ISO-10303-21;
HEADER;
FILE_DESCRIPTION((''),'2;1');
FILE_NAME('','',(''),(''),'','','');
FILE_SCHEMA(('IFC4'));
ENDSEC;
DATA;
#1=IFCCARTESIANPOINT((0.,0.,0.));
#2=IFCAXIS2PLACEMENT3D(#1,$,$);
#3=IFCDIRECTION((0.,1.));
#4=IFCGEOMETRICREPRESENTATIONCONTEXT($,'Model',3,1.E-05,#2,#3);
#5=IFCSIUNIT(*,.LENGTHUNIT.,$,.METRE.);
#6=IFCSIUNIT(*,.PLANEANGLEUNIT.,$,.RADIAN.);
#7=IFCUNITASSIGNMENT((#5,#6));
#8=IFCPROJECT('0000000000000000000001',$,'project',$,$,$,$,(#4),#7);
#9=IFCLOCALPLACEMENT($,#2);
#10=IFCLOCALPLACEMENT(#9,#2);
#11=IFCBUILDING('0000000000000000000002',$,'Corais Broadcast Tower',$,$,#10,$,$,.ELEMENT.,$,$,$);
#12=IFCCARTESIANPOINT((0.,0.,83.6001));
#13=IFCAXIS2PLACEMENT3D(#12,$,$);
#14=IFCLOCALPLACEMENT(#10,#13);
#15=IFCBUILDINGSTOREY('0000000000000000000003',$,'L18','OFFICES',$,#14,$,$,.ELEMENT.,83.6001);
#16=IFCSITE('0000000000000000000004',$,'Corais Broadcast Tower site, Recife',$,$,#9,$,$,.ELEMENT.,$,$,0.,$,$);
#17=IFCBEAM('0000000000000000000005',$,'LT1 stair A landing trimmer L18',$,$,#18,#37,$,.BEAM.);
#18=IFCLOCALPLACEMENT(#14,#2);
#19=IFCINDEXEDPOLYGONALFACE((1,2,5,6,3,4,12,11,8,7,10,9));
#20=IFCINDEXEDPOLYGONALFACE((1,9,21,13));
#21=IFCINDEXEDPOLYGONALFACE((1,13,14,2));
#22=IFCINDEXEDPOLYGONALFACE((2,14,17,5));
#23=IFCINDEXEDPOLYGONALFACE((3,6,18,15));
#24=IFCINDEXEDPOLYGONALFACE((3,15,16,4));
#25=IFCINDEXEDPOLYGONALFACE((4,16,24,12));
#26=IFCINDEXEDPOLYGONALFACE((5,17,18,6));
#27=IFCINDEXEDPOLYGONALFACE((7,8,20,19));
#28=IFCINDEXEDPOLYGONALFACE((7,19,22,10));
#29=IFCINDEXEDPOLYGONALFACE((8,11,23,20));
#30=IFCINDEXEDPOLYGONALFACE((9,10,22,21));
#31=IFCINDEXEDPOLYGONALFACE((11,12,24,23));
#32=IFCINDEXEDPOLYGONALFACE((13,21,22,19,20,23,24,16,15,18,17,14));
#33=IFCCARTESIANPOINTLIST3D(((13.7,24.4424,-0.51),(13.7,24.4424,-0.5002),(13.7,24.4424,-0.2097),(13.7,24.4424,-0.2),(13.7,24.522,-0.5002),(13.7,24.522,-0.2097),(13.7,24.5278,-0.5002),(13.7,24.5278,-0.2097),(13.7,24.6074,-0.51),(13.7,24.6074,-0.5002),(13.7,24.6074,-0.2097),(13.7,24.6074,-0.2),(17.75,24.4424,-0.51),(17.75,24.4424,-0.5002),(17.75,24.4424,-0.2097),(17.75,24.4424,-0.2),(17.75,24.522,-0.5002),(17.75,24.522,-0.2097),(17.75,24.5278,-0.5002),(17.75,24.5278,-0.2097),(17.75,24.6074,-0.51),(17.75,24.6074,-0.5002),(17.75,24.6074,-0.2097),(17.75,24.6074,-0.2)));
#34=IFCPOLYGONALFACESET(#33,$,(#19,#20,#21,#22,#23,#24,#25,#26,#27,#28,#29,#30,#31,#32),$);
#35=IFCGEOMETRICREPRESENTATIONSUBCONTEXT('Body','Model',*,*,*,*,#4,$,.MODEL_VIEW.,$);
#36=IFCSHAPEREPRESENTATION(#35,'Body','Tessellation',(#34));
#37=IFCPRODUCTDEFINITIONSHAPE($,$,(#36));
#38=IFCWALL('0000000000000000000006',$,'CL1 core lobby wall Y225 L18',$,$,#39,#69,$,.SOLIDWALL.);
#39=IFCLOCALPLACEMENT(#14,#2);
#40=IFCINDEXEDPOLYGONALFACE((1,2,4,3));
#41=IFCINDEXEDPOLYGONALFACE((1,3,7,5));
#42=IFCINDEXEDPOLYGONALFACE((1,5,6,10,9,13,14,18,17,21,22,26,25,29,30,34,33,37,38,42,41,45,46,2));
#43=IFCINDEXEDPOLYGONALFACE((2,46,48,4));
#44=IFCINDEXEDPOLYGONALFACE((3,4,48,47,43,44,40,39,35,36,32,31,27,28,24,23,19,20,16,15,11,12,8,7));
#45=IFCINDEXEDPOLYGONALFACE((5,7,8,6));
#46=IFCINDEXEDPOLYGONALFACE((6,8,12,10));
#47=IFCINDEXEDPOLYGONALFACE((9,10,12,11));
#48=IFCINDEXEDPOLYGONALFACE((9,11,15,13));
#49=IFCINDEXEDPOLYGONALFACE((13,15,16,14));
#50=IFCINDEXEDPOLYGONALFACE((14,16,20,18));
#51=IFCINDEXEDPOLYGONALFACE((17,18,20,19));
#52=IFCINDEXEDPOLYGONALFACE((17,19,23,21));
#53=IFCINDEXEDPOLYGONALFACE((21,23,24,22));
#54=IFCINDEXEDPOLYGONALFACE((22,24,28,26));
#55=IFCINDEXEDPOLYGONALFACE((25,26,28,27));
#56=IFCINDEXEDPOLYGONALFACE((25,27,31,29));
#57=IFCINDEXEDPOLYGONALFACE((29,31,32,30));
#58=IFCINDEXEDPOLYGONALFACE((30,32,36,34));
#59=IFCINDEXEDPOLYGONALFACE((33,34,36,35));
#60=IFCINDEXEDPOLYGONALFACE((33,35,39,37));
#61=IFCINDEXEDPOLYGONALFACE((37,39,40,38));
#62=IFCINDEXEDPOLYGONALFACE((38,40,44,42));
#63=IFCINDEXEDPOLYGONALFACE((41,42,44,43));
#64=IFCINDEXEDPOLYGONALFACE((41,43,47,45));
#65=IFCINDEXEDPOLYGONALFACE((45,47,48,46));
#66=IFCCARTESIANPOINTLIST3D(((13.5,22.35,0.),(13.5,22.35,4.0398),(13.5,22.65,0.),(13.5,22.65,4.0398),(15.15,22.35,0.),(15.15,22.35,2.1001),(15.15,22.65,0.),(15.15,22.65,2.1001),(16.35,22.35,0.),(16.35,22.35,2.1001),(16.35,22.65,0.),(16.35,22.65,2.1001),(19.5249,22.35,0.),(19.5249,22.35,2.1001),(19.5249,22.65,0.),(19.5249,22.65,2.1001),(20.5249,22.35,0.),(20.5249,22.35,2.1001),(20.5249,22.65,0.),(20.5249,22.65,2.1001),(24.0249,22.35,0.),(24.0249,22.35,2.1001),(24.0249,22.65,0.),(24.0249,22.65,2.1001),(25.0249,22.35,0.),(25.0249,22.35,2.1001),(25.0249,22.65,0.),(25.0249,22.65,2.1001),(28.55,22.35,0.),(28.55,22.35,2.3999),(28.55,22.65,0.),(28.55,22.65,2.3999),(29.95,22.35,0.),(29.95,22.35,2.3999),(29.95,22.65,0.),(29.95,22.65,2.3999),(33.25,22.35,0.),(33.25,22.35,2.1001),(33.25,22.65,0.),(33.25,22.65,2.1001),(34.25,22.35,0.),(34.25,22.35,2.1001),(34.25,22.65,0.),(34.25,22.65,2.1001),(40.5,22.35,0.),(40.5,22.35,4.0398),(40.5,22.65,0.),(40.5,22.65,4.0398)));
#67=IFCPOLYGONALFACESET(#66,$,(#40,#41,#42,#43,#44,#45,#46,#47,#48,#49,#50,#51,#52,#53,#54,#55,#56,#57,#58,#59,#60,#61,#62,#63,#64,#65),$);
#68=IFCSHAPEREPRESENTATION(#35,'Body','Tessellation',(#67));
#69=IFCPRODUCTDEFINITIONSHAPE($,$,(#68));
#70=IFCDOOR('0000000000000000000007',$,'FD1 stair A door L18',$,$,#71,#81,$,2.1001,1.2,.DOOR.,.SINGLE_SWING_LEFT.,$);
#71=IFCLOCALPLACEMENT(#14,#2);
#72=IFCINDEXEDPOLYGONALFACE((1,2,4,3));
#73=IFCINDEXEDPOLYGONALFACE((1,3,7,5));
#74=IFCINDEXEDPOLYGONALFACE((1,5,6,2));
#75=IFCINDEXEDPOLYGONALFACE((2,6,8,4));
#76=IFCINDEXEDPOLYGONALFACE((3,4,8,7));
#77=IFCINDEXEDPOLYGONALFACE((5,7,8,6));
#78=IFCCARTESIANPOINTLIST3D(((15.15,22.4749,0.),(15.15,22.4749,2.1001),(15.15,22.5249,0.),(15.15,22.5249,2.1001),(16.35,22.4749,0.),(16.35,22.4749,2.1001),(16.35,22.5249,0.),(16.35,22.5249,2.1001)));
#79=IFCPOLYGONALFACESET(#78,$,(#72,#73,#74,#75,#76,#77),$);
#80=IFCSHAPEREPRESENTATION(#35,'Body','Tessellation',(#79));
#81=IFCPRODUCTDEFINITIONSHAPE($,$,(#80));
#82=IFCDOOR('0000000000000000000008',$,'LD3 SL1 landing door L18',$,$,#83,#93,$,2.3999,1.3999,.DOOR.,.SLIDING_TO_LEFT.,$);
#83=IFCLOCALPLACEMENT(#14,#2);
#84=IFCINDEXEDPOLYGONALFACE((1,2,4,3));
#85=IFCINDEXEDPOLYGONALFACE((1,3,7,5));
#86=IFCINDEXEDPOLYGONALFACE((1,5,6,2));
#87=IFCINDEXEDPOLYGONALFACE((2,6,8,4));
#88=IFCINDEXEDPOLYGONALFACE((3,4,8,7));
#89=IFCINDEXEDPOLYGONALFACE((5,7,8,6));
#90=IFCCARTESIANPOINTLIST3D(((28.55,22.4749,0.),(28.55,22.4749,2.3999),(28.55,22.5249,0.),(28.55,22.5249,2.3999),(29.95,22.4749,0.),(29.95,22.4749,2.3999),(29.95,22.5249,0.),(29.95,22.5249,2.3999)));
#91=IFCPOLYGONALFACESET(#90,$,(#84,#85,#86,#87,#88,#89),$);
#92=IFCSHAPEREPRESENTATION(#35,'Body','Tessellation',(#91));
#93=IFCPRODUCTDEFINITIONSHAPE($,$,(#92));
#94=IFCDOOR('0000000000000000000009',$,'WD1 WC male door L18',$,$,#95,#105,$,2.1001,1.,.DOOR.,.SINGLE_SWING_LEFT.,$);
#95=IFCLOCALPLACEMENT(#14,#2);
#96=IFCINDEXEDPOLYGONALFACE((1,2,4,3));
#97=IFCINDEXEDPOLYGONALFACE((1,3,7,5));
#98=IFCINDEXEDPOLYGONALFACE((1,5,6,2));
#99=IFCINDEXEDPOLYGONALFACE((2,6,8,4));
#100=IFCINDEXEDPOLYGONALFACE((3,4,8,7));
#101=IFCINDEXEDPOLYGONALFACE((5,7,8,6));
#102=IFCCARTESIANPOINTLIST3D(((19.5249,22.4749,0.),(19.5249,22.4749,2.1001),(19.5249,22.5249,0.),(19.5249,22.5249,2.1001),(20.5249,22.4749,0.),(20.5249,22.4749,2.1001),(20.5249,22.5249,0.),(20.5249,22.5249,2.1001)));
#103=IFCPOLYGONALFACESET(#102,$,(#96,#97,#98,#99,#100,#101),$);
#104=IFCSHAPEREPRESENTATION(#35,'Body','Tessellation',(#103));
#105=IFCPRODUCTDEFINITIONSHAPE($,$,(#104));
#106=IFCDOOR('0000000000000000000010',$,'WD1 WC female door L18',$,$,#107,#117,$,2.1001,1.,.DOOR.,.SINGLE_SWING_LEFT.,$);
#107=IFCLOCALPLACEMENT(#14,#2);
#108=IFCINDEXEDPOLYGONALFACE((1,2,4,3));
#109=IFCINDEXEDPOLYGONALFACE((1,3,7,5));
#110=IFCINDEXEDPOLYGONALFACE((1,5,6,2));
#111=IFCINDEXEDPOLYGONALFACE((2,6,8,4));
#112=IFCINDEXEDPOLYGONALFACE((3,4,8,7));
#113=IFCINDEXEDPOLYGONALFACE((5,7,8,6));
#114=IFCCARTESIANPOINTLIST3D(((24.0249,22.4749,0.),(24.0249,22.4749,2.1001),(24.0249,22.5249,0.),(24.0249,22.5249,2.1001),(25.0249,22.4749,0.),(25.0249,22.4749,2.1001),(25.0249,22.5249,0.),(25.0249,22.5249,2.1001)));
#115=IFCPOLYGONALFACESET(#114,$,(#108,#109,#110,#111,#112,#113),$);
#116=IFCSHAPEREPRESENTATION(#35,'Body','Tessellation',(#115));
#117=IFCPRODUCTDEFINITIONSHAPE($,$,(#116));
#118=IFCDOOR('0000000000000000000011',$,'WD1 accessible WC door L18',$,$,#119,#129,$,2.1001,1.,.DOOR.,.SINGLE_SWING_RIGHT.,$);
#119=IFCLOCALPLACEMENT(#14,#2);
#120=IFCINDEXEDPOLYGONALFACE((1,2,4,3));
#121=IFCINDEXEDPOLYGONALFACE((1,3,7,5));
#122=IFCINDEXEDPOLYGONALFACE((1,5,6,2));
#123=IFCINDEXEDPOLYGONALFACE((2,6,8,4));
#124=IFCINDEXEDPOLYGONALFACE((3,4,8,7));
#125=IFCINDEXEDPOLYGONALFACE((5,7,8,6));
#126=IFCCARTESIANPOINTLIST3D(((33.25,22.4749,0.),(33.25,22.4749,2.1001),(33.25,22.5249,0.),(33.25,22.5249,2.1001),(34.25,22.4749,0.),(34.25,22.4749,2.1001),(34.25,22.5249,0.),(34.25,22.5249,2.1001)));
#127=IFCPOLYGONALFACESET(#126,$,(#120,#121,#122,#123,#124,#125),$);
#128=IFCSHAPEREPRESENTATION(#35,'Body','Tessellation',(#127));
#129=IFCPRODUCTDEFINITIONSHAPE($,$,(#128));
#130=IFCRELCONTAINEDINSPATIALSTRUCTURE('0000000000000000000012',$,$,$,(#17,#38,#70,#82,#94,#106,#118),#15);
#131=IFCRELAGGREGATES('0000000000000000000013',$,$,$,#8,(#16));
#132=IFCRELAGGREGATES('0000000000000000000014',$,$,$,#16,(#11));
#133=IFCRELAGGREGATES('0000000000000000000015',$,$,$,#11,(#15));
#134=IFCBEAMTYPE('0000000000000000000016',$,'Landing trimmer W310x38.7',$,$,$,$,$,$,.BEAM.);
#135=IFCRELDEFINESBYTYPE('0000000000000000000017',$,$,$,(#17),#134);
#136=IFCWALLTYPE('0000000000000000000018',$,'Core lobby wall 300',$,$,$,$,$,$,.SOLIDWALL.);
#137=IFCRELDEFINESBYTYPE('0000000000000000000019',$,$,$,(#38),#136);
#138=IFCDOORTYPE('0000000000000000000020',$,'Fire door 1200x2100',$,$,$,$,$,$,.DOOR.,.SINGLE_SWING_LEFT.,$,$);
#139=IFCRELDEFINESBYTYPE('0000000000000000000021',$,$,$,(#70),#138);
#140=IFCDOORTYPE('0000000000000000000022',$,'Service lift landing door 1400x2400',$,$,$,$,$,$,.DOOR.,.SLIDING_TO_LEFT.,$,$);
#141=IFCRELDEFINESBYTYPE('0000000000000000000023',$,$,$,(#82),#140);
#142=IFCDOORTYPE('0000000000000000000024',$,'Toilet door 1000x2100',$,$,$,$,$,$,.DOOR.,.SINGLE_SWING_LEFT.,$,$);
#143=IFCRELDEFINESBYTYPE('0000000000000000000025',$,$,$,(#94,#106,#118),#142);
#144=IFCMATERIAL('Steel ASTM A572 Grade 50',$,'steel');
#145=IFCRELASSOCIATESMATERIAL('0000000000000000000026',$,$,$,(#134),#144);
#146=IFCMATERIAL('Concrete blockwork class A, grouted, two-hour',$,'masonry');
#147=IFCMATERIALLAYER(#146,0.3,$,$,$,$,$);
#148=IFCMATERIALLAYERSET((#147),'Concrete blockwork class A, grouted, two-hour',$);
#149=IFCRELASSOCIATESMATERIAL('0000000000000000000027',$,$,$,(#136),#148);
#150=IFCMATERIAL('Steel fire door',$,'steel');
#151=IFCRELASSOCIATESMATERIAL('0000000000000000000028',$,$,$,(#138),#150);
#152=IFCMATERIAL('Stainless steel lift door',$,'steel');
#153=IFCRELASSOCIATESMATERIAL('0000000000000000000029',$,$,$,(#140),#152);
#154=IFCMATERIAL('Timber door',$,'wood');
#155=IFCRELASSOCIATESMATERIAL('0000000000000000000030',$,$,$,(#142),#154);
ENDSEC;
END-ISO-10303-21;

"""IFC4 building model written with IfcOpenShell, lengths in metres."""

from ifc_helpers import new_model, si_unit, direction, frame, frame_2d, origin, origin_2d, place, context, subcontext, project, spatial, rectangle, i_section, extrude, material, layer, layer_set, material_profile, profile_set, type_object, element, fill, save


model = new_model("IFC4")

# Units and contexts
model_context = context("Model", 3, precision=1e-05, world=origin(), true_north=direction((0.0, 1.0)))
body_context = subcontext(model_context, "Body", "Model", "MODEL_VIEW")
ifc_project = project(units=[si_unit("LENGTHUNIT", "METRE"), si_unit("PLANEANGLEUNIT", "RADIAN")], contexts=[model_context])

# Site, building, storey
site_placement = place(None, origin())
site = spatial("IfcSite", under=ifc_project, at=site_placement, Name="Corais Broadcast Tower site, Recife", CompositionType="ELEMENT", RefElevation=0.0)
building_placement = place(site_placement, origin())
building = spatial("IfcBuilding", under=site, at=building_placement, Name="Corais Broadcast Tower", CompositionType="ELEMENT")
storey_placement = place(building_placement, frame((0.0, 0.0, 83.6001)))
storey = spatial("IfcBuildingStorey", under=building, at=storey_placement, Name="L18", Description="OFFICES", CompositionType="ELEMENT", Elevation=83.6001)

# Beam
ifc_material_1 = material(Name="Steel ASTM A572 Grade 50", Category="steel")
ifc_material_profile = material_profile(ifc_material_1, i_section(OverallWidth=0.165, OverallDepth=0.3101, WebThickness=0.0059, FlangeThickness=0.0098, at=origin_2d()), Name="W310x38.7")
ifc_profile_set = profile_set([ifc_material_profile], Name="Steel ASTM A572 Grade 50")
beam_type = type_object("IfcBeamType", Name="Landing trimmer W310x38.7", PredefinedType="BEAM", material=ifc_profile_set)
beam_placement = place(storey_placement, frame((13.7, 24.5249, -0.355), z_axis=(1.0, 0.0, 0.0), x_axis=(0.0, 1.0, 0.0)))
element("IfcBeam", 1, at=beam_placement, inside=storey, type_object=beam_type, Name="LT1 stair A landing trimmer L18", PredefinedType="BEAM", context=body_context, shape_type="SweptSolid", body=[
    extrude(i_section(OverallWidth=0.165, OverallDepth=0.3101, WebThickness=0.0059, FlangeThickness=0.0098, at=origin_2d()), origin(), (0.0, 0.0, 1.0), 4.05),
])

# Wall, openings, doors
ifc_material_2 = material(Name="Concrete blockwork class A, grouted, two-hour", Category="masonry")
ifc_layer_1 = layer(ifc_material_2, 0.3)
ifc_layer_set_1 = layer_set([ifc_layer_1], Name="Concrete blockwork class A, grouted, two-hour")
wall_type_1 = type_object("IfcWallType", Name="Core lobby wall 300", PredefinedType="SOLIDWALL", material=ifc_layer_set_1)
wall_1_placement = place(storey_placement, frame((13.5, 22.5, 0.0), z_axis=(0.0, 0.0, 1.0), x_axis=(1.0, 0.0, 0.0)))
wall_1 = element("IfcWall", 2, at=wall_1_placement, inside=storey, type_object=wall_type_1, Name="CL1 core lobby wall Y225 L18", PredefinedType="SOLIDWALL", context=body_context, shape_type="SweptSolid", body=[
    extrude(rectangle(XDim=27.0, YDim=0.3, at=frame_2d((13.5, 0.0))), origin(), (0.0, 0.0, 1.0), 4.0398),
])
opening_1_placement = place(wall_1_placement, frame((1.6499, 0.0, 0.0)))
opening_1 = element("IfcOpeningElement", 3, at=opening_1_placement, cuts=wall_1, PredefinedType="OPENING", context=body_context, shape_type="SweptSolid", body=[
    extrude(rectangle(XDim=1.2, YDim=2.1001, at=frame_2d((0.6001, 1.05))), frame((0.0, 0.1599, 0.0), z_axis=(0.0, -1.0, 0.0), x_axis=(1.0, 0.0, 0.0)), (0.0, 0.0, 1.0), 0.3201),
])
opening_2_placement = place(wall_1_placement, frame((6.0249, 0.0, 0.0)))
opening_2 = element("IfcOpeningElement", 4, at=opening_2_placement, cuts=wall_1, PredefinedType="OPENING", context=body_context, shape_type="SweptSolid", body=[
    extrude(rectangle(XDim=1.0, YDim=2.1001, at=frame_2d((0.5, 1.05))), frame((0.0, 0.1599, 0.0), z_axis=(0.0, -1.0, 0.0), x_axis=(1.0, 0.0, 0.0)), (0.0, 0.0, 1.0), 0.3201),
])
opening_3_placement = place(wall_1_placement, frame((10.5249, 0.0, 0.0)))
opening_3 = element("IfcOpeningElement", 5, at=opening_3_placement, cuts=wall_1, PredefinedType="OPENING", context=body_context, shape_type="SweptSolid", body=[
    extrude(rectangle(XDim=1.0, YDim=2.1001, at=frame_2d((0.5, 1.05))), frame((0.0, 0.1599, 0.0), z_axis=(0.0, -1.0, 0.0), x_axis=(1.0, 0.0, 0.0)), (0.0, 0.0, 1.0), 0.3201),
])
opening_4_placement = place(wall_1_placement, frame((19.75, 0.0, 0.0)))
opening_4 = element("IfcOpeningElement", 6, at=opening_4_placement, cuts=wall_1, PredefinedType="OPENING", context=body_context, shape_type="SweptSolid", body=[
    extrude(rectangle(XDim=1.0, YDim=2.1001, at=frame_2d((0.5, 1.05))), frame((0.0, 0.1599, 0.0), z_axis=(0.0, -1.0, 0.0), x_axis=(1.0, 0.0, 0.0)), (0.0, 0.0, 1.0), 0.3201),
])
opening_5_placement = place(wall_1_placement, frame((15.05, 0.0, 0.0)))
opening_5 = element("IfcOpeningElement", 7, at=opening_5_placement, cuts=wall_1, PredefinedType="OPENING", context=body_context, shape_type="SweptSolid", body=[
    extrude(rectangle(XDim=1.3999, YDim=2.3999, at=frame_2d((0.7, 1.2))), frame((0.0, 0.1599, 0.0), z_axis=(0.0, -1.0, 0.0), x_axis=(1.0, 0.0, 0.0)), (0.0, 0.0, 1.0), 0.3201),
])
ifc_material_3 = material(Name="Steel fire door", Category="steel")
door_type_1 = type_object("IfcDoorType", Name="Fire door 1200x2100", OperationType="SINGLE_SWING_LEFT", PredefinedType="DOOR", material=ifc_material_3)
door_1_placement = place(opening_1_placement, origin())
door_1 = element("IfcDoor", 8, at=door_1_placement, inside=storey, type_object=door_type_1, Name="FD1 stair A door L18", OperationType="SINGLE_SWING_LEFT", OverallHeight=2.1001, OverallWidth=1.2, PredefinedType="DOOR", context=body_context, shape_type="SweptSolid", body=[
    extrude(rectangle(XDim=1.2, YDim=2.1001, at=frame_2d((0.6001, 1.05))), frame((0.0, 0.0249, 0.0), z_axis=(0.0, -1.0, 0.0), x_axis=(1.0, 0.0, 0.0)), (0.0, 0.0, 1.0), 0.05),
])
fill(opening_1, door_1)
ifc_material_4 = material(Name="Stainless steel lift door", Category="steel")
door_type_2 = type_object("IfcDoorType", Name="Service lift landing door 1400x2400", OperationType="SLIDING_TO_LEFT", PredefinedType="DOOR", material=ifc_material_4)
door_2_placement = place(opening_5_placement, origin())
door_2 = element("IfcDoor", 9, at=door_2_placement, inside=storey, type_object=door_type_2, Name="LD3 SL1 landing door L18", OperationType="SLIDING_TO_LEFT", OverallHeight=2.3999, OverallWidth=1.3999, PredefinedType="DOOR", context=body_context, shape_type="SweptSolid", body=[
    extrude(rectangle(XDim=1.3999, YDim=2.3999, at=frame_2d((0.7, 1.2))), frame((0.0, 0.0249, 0.0), z_axis=(0.0, -1.0, 0.0), x_axis=(1.0, 0.0, 0.0)), (0.0, 0.0, 1.0), 0.05),
])
fill(opening_5, door_2)
ifc_material_5 = material(Name="Timber door", Category="wood")
door_type_3 = type_object("IfcDoorType", Name="Toilet door 1000x2100", OperationType="SINGLE_SWING_LEFT", PredefinedType="DOOR", material=ifc_material_5)
door_3_placement = place(opening_2_placement, origin())
door_3 = element("IfcDoor", 10, at=door_3_placement, inside=storey, type_object=door_type_3, Name="WD1 WC male door L18", OperationType="SINGLE_SWING_LEFT", OverallHeight=2.1001, OverallWidth=1.0, PredefinedType="DOOR", context=body_context, shape_type="SweptSolid", body=[
    extrude(rectangle(XDim=1.0, YDim=2.1001, at=frame_2d((0.5, 1.05))), frame((0.0, 0.0249, 0.0), z_axis=(0.0, -1.0, 0.0), x_axis=(1.0, 0.0, 0.0)), (0.0, 0.0, 1.0), 0.05),
])
fill(opening_2, door_3)
door_4_placement = place(opening_3_placement, origin())
door_4 = element("IfcDoor", 11, at=door_4_placement, inside=storey, type_object=door_type_3, Name="WD1 WC female door L18", OperationType="SINGLE_SWING_LEFT", OverallHeight=2.1001, OverallWidth=1.0, PredefinedType="DOOR", context=body_context, shape_type="SweptSolid", body=[
    extrude(rectangle(XDim=1.0, YDim=2.1001, at=frame_2d((0.5, 1.05))), frame((0.0, 0.0249, 0.0), z_axis=(0.0, -1.0, 0.0), x_axis=(1.0, 0.0, 0.0)), (0.0, 0.0, 1.0), 0.05),
])
fill(opening_3, door_4)
door_5_placement = place(opening_4_placement, origin())
door_5 = element("IfcDoor", 12, at=door_5_placement, inside=storey, type_object=door_type_3, Name="WD1 accessible WC door L18", OperationType="SINGLE_SWING_RIGHT", OverallHeight=2.1001, OverallWidth=1.0, PredefinedType="DOOR", context=body_context, shape_type="SweptSolid", body=[
    extrude(rectangle(XDim=1.0, YDim=2.1001, at=frame_2d((0.5, 1.05))), frame((0.0, 0.0249, 0.0), z_axis=(0.0, -1.0, 0.0), x_axis=(1.0, 0.0, 0.0)), (0.0, 0.0, 1.0), 0.05),
])
fill(opening_4, door_5)

save(model, "model.ifc")
